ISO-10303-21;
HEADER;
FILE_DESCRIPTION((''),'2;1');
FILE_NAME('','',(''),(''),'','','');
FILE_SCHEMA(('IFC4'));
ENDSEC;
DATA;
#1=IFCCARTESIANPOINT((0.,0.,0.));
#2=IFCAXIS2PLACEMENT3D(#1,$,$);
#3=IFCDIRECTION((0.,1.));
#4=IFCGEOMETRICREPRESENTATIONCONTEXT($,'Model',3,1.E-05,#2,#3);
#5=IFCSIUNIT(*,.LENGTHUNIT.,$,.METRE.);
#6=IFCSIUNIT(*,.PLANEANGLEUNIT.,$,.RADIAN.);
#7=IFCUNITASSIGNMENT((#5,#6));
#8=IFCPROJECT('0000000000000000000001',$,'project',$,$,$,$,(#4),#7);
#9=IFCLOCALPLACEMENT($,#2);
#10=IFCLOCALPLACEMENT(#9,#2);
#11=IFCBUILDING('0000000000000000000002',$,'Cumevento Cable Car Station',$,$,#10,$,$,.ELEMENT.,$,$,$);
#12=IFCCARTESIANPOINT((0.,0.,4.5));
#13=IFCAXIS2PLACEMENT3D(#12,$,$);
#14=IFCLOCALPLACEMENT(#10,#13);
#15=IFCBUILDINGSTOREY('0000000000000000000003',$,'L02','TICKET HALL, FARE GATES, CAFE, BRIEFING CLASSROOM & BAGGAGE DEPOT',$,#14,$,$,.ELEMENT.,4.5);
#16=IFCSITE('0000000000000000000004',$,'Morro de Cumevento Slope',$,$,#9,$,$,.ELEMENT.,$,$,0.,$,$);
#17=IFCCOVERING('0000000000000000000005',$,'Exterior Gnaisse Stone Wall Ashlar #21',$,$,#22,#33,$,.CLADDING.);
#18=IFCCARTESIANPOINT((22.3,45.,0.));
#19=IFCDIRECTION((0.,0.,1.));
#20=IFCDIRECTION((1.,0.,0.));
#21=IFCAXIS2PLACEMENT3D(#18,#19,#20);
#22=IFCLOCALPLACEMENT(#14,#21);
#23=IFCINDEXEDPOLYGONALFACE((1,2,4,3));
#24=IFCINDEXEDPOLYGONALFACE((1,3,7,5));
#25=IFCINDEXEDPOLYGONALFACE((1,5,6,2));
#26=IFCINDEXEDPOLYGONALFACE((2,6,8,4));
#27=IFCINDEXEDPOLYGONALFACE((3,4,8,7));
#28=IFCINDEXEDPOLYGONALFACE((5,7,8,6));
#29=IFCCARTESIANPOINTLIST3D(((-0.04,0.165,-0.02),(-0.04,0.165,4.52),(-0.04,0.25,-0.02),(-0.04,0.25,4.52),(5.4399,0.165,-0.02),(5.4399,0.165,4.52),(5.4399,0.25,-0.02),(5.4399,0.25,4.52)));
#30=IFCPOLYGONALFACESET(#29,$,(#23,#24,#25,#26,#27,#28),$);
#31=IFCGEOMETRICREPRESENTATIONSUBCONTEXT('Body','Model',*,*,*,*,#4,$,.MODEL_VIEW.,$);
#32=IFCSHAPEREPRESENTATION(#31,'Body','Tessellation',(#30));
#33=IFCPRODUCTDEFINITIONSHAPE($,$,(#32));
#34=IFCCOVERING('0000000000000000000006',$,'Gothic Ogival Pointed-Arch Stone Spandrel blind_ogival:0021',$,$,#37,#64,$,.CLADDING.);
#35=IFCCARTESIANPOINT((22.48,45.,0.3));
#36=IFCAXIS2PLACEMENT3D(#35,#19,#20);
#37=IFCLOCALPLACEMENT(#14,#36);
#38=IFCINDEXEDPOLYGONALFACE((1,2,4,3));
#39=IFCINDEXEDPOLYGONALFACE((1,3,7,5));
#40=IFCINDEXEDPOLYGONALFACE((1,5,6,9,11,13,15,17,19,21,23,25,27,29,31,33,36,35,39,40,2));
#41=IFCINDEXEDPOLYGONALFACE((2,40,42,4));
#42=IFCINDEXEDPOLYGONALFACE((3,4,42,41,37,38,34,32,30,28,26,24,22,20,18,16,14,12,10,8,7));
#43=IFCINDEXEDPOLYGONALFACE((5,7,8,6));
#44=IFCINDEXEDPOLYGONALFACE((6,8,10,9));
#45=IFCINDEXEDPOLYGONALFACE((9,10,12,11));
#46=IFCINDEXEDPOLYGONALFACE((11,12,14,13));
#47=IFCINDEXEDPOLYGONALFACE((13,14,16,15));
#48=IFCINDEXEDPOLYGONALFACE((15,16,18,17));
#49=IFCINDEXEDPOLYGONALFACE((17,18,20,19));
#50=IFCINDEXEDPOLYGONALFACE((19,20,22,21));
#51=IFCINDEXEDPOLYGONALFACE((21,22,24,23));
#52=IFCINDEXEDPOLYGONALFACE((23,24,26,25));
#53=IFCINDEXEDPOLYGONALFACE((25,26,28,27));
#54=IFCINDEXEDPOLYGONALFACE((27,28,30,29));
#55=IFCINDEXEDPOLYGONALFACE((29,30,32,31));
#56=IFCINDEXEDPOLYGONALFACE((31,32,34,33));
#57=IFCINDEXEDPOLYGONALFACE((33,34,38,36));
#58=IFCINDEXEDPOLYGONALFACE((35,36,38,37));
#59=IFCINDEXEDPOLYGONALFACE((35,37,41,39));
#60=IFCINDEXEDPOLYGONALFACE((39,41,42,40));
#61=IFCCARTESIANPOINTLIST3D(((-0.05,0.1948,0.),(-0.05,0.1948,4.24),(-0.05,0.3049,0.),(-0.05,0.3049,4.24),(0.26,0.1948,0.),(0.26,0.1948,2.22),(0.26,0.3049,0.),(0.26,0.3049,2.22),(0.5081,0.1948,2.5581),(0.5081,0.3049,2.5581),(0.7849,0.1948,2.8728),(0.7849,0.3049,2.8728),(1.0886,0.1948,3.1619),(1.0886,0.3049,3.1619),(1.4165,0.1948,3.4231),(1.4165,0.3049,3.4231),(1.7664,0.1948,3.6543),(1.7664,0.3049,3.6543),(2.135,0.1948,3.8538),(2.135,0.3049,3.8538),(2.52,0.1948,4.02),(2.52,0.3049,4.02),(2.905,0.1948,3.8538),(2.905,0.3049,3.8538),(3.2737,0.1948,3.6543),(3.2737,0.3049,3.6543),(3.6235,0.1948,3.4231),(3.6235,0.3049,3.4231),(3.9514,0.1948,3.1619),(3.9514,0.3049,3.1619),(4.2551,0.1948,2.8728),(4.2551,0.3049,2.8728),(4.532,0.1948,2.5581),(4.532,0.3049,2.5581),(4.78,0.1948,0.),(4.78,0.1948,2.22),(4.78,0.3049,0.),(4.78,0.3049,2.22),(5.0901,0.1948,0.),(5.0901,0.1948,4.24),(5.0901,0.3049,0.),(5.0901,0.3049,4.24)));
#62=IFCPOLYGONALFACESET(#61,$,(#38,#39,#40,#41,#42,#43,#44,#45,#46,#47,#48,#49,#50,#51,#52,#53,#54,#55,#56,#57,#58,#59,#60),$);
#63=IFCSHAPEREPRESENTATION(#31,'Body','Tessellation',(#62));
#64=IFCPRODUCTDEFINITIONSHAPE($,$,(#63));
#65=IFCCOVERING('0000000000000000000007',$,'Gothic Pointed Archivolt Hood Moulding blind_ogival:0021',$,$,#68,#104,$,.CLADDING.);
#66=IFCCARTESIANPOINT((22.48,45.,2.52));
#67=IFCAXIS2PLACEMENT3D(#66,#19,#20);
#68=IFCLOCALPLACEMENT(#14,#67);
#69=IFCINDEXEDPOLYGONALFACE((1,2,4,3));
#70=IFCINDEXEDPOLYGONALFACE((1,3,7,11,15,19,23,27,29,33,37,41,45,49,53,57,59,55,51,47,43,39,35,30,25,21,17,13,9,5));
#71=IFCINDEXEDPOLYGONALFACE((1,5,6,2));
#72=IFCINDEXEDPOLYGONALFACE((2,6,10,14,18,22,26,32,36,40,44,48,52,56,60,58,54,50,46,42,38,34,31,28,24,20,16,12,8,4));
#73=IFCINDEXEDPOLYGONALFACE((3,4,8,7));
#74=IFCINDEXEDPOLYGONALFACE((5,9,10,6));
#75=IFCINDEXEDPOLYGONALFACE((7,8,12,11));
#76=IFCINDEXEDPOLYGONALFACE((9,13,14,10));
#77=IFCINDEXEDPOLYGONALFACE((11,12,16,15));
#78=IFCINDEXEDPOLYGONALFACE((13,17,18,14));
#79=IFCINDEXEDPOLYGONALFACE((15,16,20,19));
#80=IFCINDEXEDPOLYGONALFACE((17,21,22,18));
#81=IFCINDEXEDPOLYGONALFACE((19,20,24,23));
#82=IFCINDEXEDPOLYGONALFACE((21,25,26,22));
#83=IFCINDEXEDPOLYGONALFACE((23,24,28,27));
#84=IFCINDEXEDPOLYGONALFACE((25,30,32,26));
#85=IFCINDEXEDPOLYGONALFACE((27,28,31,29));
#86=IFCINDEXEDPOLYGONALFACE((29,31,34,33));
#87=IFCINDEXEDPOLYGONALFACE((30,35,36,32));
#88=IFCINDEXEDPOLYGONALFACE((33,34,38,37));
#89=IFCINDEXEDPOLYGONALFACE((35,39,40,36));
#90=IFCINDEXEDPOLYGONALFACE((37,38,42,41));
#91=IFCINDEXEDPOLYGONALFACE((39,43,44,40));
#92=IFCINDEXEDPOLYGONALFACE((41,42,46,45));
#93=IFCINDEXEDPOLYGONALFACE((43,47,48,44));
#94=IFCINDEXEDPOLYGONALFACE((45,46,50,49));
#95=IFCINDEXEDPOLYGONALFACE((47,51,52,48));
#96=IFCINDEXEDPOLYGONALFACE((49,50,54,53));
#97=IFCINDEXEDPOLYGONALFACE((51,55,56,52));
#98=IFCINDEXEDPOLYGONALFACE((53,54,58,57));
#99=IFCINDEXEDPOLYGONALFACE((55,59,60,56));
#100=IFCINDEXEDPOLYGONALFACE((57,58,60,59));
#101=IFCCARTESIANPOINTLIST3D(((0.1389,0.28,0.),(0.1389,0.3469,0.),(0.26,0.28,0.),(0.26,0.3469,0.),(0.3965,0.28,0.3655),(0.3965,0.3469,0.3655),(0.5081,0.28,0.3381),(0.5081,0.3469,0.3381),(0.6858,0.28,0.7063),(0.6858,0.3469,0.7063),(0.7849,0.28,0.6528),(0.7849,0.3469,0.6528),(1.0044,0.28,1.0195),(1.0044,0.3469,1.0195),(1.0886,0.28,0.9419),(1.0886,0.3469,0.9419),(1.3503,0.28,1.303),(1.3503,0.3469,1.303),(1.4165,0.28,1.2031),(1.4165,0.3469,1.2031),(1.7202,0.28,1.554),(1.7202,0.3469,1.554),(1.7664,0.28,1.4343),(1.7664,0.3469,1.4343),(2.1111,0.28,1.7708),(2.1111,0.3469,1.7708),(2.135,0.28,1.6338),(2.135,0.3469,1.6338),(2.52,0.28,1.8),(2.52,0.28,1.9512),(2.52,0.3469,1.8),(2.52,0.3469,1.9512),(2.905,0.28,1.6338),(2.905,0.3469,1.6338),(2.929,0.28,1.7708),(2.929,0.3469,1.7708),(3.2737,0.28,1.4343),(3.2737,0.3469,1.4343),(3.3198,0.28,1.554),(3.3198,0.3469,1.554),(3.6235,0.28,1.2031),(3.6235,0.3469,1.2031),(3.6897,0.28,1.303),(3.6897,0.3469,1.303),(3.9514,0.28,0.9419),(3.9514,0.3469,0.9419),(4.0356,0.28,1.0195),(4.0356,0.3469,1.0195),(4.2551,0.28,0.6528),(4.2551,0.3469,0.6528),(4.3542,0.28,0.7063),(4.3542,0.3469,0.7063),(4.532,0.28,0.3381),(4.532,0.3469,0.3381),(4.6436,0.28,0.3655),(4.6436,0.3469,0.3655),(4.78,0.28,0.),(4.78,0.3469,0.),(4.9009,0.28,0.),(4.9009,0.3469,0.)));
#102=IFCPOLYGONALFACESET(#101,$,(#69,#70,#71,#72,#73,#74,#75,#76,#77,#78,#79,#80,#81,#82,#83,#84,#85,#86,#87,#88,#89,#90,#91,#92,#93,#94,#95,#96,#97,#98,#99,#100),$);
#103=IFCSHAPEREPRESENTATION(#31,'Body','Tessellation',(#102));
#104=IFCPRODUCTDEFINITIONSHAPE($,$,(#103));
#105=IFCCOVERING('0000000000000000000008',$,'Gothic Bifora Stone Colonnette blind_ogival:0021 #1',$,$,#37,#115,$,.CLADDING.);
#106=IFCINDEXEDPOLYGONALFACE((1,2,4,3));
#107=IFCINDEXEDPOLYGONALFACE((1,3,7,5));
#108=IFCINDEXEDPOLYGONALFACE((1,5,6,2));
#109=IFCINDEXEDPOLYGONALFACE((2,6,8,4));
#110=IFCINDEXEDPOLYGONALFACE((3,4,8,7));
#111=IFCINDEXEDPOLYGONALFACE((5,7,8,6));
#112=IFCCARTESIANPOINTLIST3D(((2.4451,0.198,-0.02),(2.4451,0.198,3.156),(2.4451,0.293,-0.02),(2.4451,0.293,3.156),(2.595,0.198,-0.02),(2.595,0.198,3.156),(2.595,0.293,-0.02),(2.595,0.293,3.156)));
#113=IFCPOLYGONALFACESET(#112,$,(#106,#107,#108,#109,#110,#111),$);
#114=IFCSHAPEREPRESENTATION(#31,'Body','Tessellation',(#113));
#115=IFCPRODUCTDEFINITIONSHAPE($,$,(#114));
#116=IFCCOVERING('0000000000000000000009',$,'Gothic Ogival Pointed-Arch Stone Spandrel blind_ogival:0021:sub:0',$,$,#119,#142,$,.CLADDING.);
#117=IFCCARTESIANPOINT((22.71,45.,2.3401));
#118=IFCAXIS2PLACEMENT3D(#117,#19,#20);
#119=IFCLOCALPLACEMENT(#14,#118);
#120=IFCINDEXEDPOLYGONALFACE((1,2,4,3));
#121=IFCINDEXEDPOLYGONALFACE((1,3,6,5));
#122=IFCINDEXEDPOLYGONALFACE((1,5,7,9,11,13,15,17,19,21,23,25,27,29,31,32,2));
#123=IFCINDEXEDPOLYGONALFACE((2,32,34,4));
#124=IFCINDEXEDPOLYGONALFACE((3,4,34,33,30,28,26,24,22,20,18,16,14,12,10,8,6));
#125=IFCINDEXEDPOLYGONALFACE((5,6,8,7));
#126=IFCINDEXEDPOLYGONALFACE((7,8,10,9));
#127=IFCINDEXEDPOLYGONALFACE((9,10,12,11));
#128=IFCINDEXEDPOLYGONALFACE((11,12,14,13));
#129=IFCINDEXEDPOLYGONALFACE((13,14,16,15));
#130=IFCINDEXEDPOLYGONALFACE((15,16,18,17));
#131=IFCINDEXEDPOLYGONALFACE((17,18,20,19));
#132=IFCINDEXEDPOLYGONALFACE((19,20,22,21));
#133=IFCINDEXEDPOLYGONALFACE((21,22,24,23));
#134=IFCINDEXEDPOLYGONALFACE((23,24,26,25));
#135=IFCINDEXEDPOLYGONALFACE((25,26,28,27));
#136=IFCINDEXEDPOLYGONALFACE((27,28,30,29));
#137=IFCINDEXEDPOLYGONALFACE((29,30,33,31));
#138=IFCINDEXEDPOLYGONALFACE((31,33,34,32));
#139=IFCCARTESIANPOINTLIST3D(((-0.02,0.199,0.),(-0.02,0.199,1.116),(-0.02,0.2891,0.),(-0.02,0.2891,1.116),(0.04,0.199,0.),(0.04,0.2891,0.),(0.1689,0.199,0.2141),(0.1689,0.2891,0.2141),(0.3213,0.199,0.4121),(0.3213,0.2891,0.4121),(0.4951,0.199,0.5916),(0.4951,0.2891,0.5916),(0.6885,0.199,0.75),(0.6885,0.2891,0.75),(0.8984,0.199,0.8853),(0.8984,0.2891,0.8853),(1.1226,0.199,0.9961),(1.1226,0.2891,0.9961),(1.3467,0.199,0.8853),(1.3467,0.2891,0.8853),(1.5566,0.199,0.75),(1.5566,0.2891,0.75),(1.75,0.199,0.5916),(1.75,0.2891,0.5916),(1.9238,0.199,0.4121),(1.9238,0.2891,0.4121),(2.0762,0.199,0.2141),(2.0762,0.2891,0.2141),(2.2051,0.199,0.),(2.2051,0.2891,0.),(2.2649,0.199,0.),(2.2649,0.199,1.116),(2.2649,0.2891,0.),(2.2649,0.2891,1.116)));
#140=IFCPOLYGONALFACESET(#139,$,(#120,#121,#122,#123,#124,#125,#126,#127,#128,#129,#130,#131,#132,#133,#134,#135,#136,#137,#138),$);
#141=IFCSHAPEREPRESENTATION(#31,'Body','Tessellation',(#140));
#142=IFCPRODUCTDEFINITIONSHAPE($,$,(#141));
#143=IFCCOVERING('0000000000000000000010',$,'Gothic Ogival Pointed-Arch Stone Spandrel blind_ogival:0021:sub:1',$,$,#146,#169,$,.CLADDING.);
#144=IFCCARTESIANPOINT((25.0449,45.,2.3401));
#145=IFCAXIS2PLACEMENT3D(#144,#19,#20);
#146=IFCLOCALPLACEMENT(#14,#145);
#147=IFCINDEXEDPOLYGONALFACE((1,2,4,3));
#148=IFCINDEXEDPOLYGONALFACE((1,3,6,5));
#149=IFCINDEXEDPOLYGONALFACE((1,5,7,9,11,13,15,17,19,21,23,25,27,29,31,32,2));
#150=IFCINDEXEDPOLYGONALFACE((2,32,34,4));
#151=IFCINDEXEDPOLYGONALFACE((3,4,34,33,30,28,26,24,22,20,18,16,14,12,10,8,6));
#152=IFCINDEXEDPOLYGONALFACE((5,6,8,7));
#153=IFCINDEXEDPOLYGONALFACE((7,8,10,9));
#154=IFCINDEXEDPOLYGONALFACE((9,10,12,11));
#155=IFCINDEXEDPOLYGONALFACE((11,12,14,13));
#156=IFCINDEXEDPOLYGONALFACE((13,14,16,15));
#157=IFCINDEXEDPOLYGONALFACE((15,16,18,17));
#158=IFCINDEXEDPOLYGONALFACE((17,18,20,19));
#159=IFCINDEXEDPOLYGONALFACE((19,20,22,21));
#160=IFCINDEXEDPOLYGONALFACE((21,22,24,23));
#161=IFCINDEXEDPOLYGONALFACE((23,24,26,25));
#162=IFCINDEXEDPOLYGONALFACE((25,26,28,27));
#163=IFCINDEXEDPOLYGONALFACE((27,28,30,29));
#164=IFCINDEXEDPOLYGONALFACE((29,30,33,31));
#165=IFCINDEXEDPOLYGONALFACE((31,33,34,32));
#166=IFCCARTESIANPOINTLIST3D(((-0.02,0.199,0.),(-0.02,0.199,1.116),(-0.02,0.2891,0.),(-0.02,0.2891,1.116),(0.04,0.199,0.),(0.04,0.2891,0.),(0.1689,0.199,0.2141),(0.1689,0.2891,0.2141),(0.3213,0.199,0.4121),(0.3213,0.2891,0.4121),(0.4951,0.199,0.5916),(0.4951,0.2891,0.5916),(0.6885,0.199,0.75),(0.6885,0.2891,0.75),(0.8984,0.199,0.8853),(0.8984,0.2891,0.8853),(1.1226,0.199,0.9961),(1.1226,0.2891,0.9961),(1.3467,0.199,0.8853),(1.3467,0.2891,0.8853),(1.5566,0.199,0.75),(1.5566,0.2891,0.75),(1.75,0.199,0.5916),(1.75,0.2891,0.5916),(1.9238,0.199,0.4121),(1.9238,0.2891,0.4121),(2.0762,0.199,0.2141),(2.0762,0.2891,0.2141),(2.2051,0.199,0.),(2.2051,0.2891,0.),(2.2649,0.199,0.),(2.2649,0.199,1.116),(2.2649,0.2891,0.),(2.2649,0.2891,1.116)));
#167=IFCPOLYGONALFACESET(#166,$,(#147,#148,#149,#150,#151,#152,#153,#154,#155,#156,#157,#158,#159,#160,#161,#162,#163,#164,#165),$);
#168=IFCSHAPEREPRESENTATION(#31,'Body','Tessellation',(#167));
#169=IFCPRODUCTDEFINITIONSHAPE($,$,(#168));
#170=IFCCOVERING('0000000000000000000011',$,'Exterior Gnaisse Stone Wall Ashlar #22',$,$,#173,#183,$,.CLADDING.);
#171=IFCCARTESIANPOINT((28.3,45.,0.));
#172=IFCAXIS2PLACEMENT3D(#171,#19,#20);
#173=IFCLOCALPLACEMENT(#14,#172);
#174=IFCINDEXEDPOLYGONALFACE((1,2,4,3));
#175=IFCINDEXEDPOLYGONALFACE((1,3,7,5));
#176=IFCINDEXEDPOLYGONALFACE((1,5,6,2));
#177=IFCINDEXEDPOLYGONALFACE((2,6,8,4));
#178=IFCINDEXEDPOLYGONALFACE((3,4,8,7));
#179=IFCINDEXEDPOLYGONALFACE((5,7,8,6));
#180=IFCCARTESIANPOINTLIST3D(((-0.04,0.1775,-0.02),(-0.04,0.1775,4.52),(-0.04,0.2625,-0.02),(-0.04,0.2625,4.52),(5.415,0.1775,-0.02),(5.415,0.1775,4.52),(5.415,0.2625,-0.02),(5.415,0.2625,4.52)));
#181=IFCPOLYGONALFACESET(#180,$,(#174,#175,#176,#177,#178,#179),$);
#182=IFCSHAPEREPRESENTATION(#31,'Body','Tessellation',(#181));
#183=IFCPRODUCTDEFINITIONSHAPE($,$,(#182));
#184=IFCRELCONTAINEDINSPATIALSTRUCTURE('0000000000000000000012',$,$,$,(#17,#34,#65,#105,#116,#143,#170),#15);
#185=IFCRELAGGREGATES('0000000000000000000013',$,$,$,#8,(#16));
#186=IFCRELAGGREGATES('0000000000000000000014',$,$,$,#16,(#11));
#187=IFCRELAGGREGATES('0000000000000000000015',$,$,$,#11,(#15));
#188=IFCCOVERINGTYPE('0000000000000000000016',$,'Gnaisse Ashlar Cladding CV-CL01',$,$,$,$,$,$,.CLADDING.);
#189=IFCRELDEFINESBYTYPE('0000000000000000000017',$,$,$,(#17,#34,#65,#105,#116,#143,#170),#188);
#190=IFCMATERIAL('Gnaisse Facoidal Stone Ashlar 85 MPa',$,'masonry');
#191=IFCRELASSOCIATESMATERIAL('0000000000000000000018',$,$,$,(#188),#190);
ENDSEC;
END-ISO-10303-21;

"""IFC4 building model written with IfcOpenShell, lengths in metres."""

from ifc_helpers import new_model, si_unit, direction, frame, origin, place, context, subcontext, project, spatial, polyline, outline, extrude, material, type_object, element, save


model = new_model("IFC4")

# Units and contexts
model_context = context("Model", 3, precision=1e-05, world=origin(), true_north=direction((0.0, 1.0)))
body_context = subcontext(model_context, "Body", "Model", "MODEL_VIEW")
ifc_project = project(units=[si_unit("LENGTHUNIT", "METRE"), si_unit("PLANEANGLEUNIT", "RADIAN")], contexts=[model_context])

# Site, building, storey
site_placement = place(None, origin())
site = spatial("IfcSite", under=ifc_project, at=site_placement, Name="Morro de Cumevento Slope", CompositionType="ELEMENT", RefElevation=0.0)
building_placement = place(site_placement, origin())
building = spatial("IfcBuilding", under=site, at=building_placement, Name="Cumevento Cable Car Station", CompositionType="ELEMENT")
storey_placement = place(building_placement, frame((0.0, 0.0, 4.5)))
storey = spatial("IfcBuildingStorey", under=building, at=storey_placement, Name="L02", Description="TICKET HALL, FARE GATES, CAFE, BRIEFING CLASSROOM & BAGGAGE DEPOT", CompositionType="ELEMENT", Elevation=4.5)

# Coverings
ifc_material_1 = material(Name="Gnaisse Facoidal Stone Ashlar 85 MPa", Category="masonry")
covering_type = type_object("IfcCoveringType", Name="Gnaisse Ashlar Cladding CV-CL01", PredefinedType="CLADDING", material=ifc_material_1)
covering_1_placement = place(storey_placement, frame((22.3, 45.0, 0.0), z_axis=(0.0, 0.0, 1.0), x_axis=(1.0, 0.0, 0.0)))
element("IfcCovering", 1, at=covering_1_placement, inside=storey, type_object=covering_type, Name="Exterior Gnaisse Stone Wall Ashlar #21", PredefinedType="CLADDING", context=body_context, shape_type="SweptSolid", body=[
    extrude(outline(polyline([(-0.04, -0.02), (5.4399, -0.02), (5.4399, 4.52), (-0.04, 4.52), (-0.04, -0.02)])), frame((0.0, 0.25, 0.0), z_axis=(0.0, -1.0, 0.0), x_axis=(1.0, 0.0, 0.0)), (0.0, 0.0, 1.0), 0.085),
])
placement_1 = place(storey_placement, frame((22.48, 45.0, 0.3), z_axis=(0.0, 0.0, 1.0), x_axis=(1.0, 0.0, 0.0)))
element("IfcCovering", 2, at=placement_1, inside=storey, type_object=covering_type, Name="Gothic Ogival Pointed-Arch Stone Spandrel blind_ogival:0021", PredefinedType="CLADDING", context=body_context, shape_type="SweptSolid", body=[
    extrude(outline(polyline([(-0.05, 0.0), (-0.05, 4.24), (5.0901, 4.24), (5.0901, 0.0), (4.78, 0.0), (4.78, 2.22), (4.532, 2.5581), (4.2551, 2.8728), (3.9514, 3.1619), (3.6235, 3.4231), (3.2737, 3.6543), (2.905, 3.8538), (2.52, 4.02), (2.135, 3.8538), (1.7664, 3.6543), (1.4165, 3.4231), (1.0886, 3.1619), (0.7849, 2.8728), (0.5081, 2.5581), (0.26, 2.22), (0.26, 0.0), (-0.05, 0.0)])), frame((0.0, 0.3049, 0.0), z_axis=(0.0, -1.0, 0.0), x_axis=(1.0, 0.0, 0.0)), (0.0, 0.0, 1.0), 0.1101),
])
covering_2_placement = place(storey_placement, frame((22.48, 45.0, 2.52), z_axis=(0.0, 0.0, 1.0), x_axis=(1.0, 0.0, 0.0)))
element("IfcCovering", 3, at=covering_2_placement, inside=storey, type_object=covering_type, Name="Gothic Pointed Archivolt Hood Moulding blind_ogival:0021", PredefinedType="CLADDING", context=body_context, shape_type="SweptSolid", body=[
    extrude(outline(polyline([(0.26, 0.0), (0.5081, 0.3381), (0.7849, 0.6528), (1.0886, 0.9419), (1.4165, 1.2031), (1.7664, 1.4343), (2.135, 1.6338), (2.52, 1.8), (2.905, 1.6338), (3.2737, 1.4343), (3.6235, 1.2031), (3.9514, 0.9419), (4.2551, 0.6528), (4.532, 0.3381), (4.78, 0.0), (4.9009, 0.0), (4.6436, 0.3655), (4.3542, 0.7063), (4.0356, 1.0195), (3.6897, 1.303), (3.3198, 1.554), (2.929, 1.7708), (2.52, 1.9512), (2.1111, 1.7708), (1.7202, 1.554), (1.3503, 1.303), (1.0044, 1.0195), (0.6858, 0.7063), (0.3965, 0.3655), (0.1389, 0.0), (0.26, 0.0)])), frame((0.0, 0.3469, 0.0), z_axis=(0.0, -1.0, 0.0), x_axis=(1.0, 0.0, 0.0)), (0.0, 0.0, 1.0), 0.0669),
])
element("IfcCovering", 4, at=placement_1, inside=storey, type_object=covering_type, Name="Gothic Bifora Stone Colonnette blind_ogival:0021 #1", PredefinedType="CLADDING", context=body_context, shape_type="SweptSolid", body=[
    extrude(outline(polyline([(2.4451, -0.02), (2.595, -0.02), (2.595, 3.156), (2.4451, 3.156), (2.4451, -0.02)])), frame((0.0, 0.293, 0.0), z_axis=(0.0, -1.0, 0.0), x_axis=(1.0, 0.0, 0.0)), (0.0, 0.0, 1.0), 0.095),
])
for number, where, z_axis, x_axis, name in (
    (5, (22.71, 45.0, 2.3401), (0.0, 0.0, 1.0), (1.0, 0.0, 0.0), "Gothic Ogival Pointed-Arch Stone Spandrel blind_ogival:0021:sub:0"),
    (6, (25.0449, 45.0, 2.3401), (0.0, 0.0, 1.0), (1.0, 0.0, 0.0), "Gothic Ogival Pointed-Arch Stone Spandrel blind_ogival:0021:sub:1"),
):
    element("IfcCovering", number, at=place(storey_placement, frame(where, z_axis=z_axis, x_axis=x_axis)), inside=storey, type_object=covering_type, Name=name, PredefinedType="CLADDING", context=body_context, shape_type="SweptSolid", body=[
        extrude(outline(polyline([(-0.02, 0.0), (-0.02, 1.116), (2.2649, 1.116), (2.2649, 0.0), (2.2051, 0.0), (2.0762, 0.2141), (1.9238, 0.4121), (1.75, 0.5916), (1.5566, 0.75), (1.3467, 0.8853), (1.1226, 0.9961), (0.8984, 0.8853), (0.6885, 0.75), (0.4951, 0.5916), (0.3213, 0.4121), (0.1689, 0.2141), (0.04, 0.0), (-0.02, 0.0)])), frame((0.0, 0.2891, 0.0), z_axis=(0.0, -1.0, 0.0), x_axis=(1.0, 0.0, 0.0)), (0.0, 0.0, 1.0), 0.0901),
    ])
covering_3_placement = place(storey_placement, frame((28.3, 45.0, 0.0), z_axis=(0.0, 0.0, 1.0), x_axis=(1.0, 0.0, 0.0)))
element("IfcCovering", 7, at=covering_3_placement, inside=storey, type_object=covering_type, Name="Exterior Gnaisse Stone Wall Ashlar #22", PredefinedType="CLADDING", context=body_context, shape_type="SweptSolid", body=[
    extrude(outline(polyline([(-0.04, -0.02), (5.415, -0.02), (5.415, 4.52), (-0.04, 4.52), (-0.04, -0.02)])), frame((0.0, 0.2625, 0.0), z_axis=(0.0, -1.0, 0.0), x_axis=(1.0, 0.0, 0.0)), (0.0, 0.0, 1.0), 0.085),
])

save(model, "model.ifc")
